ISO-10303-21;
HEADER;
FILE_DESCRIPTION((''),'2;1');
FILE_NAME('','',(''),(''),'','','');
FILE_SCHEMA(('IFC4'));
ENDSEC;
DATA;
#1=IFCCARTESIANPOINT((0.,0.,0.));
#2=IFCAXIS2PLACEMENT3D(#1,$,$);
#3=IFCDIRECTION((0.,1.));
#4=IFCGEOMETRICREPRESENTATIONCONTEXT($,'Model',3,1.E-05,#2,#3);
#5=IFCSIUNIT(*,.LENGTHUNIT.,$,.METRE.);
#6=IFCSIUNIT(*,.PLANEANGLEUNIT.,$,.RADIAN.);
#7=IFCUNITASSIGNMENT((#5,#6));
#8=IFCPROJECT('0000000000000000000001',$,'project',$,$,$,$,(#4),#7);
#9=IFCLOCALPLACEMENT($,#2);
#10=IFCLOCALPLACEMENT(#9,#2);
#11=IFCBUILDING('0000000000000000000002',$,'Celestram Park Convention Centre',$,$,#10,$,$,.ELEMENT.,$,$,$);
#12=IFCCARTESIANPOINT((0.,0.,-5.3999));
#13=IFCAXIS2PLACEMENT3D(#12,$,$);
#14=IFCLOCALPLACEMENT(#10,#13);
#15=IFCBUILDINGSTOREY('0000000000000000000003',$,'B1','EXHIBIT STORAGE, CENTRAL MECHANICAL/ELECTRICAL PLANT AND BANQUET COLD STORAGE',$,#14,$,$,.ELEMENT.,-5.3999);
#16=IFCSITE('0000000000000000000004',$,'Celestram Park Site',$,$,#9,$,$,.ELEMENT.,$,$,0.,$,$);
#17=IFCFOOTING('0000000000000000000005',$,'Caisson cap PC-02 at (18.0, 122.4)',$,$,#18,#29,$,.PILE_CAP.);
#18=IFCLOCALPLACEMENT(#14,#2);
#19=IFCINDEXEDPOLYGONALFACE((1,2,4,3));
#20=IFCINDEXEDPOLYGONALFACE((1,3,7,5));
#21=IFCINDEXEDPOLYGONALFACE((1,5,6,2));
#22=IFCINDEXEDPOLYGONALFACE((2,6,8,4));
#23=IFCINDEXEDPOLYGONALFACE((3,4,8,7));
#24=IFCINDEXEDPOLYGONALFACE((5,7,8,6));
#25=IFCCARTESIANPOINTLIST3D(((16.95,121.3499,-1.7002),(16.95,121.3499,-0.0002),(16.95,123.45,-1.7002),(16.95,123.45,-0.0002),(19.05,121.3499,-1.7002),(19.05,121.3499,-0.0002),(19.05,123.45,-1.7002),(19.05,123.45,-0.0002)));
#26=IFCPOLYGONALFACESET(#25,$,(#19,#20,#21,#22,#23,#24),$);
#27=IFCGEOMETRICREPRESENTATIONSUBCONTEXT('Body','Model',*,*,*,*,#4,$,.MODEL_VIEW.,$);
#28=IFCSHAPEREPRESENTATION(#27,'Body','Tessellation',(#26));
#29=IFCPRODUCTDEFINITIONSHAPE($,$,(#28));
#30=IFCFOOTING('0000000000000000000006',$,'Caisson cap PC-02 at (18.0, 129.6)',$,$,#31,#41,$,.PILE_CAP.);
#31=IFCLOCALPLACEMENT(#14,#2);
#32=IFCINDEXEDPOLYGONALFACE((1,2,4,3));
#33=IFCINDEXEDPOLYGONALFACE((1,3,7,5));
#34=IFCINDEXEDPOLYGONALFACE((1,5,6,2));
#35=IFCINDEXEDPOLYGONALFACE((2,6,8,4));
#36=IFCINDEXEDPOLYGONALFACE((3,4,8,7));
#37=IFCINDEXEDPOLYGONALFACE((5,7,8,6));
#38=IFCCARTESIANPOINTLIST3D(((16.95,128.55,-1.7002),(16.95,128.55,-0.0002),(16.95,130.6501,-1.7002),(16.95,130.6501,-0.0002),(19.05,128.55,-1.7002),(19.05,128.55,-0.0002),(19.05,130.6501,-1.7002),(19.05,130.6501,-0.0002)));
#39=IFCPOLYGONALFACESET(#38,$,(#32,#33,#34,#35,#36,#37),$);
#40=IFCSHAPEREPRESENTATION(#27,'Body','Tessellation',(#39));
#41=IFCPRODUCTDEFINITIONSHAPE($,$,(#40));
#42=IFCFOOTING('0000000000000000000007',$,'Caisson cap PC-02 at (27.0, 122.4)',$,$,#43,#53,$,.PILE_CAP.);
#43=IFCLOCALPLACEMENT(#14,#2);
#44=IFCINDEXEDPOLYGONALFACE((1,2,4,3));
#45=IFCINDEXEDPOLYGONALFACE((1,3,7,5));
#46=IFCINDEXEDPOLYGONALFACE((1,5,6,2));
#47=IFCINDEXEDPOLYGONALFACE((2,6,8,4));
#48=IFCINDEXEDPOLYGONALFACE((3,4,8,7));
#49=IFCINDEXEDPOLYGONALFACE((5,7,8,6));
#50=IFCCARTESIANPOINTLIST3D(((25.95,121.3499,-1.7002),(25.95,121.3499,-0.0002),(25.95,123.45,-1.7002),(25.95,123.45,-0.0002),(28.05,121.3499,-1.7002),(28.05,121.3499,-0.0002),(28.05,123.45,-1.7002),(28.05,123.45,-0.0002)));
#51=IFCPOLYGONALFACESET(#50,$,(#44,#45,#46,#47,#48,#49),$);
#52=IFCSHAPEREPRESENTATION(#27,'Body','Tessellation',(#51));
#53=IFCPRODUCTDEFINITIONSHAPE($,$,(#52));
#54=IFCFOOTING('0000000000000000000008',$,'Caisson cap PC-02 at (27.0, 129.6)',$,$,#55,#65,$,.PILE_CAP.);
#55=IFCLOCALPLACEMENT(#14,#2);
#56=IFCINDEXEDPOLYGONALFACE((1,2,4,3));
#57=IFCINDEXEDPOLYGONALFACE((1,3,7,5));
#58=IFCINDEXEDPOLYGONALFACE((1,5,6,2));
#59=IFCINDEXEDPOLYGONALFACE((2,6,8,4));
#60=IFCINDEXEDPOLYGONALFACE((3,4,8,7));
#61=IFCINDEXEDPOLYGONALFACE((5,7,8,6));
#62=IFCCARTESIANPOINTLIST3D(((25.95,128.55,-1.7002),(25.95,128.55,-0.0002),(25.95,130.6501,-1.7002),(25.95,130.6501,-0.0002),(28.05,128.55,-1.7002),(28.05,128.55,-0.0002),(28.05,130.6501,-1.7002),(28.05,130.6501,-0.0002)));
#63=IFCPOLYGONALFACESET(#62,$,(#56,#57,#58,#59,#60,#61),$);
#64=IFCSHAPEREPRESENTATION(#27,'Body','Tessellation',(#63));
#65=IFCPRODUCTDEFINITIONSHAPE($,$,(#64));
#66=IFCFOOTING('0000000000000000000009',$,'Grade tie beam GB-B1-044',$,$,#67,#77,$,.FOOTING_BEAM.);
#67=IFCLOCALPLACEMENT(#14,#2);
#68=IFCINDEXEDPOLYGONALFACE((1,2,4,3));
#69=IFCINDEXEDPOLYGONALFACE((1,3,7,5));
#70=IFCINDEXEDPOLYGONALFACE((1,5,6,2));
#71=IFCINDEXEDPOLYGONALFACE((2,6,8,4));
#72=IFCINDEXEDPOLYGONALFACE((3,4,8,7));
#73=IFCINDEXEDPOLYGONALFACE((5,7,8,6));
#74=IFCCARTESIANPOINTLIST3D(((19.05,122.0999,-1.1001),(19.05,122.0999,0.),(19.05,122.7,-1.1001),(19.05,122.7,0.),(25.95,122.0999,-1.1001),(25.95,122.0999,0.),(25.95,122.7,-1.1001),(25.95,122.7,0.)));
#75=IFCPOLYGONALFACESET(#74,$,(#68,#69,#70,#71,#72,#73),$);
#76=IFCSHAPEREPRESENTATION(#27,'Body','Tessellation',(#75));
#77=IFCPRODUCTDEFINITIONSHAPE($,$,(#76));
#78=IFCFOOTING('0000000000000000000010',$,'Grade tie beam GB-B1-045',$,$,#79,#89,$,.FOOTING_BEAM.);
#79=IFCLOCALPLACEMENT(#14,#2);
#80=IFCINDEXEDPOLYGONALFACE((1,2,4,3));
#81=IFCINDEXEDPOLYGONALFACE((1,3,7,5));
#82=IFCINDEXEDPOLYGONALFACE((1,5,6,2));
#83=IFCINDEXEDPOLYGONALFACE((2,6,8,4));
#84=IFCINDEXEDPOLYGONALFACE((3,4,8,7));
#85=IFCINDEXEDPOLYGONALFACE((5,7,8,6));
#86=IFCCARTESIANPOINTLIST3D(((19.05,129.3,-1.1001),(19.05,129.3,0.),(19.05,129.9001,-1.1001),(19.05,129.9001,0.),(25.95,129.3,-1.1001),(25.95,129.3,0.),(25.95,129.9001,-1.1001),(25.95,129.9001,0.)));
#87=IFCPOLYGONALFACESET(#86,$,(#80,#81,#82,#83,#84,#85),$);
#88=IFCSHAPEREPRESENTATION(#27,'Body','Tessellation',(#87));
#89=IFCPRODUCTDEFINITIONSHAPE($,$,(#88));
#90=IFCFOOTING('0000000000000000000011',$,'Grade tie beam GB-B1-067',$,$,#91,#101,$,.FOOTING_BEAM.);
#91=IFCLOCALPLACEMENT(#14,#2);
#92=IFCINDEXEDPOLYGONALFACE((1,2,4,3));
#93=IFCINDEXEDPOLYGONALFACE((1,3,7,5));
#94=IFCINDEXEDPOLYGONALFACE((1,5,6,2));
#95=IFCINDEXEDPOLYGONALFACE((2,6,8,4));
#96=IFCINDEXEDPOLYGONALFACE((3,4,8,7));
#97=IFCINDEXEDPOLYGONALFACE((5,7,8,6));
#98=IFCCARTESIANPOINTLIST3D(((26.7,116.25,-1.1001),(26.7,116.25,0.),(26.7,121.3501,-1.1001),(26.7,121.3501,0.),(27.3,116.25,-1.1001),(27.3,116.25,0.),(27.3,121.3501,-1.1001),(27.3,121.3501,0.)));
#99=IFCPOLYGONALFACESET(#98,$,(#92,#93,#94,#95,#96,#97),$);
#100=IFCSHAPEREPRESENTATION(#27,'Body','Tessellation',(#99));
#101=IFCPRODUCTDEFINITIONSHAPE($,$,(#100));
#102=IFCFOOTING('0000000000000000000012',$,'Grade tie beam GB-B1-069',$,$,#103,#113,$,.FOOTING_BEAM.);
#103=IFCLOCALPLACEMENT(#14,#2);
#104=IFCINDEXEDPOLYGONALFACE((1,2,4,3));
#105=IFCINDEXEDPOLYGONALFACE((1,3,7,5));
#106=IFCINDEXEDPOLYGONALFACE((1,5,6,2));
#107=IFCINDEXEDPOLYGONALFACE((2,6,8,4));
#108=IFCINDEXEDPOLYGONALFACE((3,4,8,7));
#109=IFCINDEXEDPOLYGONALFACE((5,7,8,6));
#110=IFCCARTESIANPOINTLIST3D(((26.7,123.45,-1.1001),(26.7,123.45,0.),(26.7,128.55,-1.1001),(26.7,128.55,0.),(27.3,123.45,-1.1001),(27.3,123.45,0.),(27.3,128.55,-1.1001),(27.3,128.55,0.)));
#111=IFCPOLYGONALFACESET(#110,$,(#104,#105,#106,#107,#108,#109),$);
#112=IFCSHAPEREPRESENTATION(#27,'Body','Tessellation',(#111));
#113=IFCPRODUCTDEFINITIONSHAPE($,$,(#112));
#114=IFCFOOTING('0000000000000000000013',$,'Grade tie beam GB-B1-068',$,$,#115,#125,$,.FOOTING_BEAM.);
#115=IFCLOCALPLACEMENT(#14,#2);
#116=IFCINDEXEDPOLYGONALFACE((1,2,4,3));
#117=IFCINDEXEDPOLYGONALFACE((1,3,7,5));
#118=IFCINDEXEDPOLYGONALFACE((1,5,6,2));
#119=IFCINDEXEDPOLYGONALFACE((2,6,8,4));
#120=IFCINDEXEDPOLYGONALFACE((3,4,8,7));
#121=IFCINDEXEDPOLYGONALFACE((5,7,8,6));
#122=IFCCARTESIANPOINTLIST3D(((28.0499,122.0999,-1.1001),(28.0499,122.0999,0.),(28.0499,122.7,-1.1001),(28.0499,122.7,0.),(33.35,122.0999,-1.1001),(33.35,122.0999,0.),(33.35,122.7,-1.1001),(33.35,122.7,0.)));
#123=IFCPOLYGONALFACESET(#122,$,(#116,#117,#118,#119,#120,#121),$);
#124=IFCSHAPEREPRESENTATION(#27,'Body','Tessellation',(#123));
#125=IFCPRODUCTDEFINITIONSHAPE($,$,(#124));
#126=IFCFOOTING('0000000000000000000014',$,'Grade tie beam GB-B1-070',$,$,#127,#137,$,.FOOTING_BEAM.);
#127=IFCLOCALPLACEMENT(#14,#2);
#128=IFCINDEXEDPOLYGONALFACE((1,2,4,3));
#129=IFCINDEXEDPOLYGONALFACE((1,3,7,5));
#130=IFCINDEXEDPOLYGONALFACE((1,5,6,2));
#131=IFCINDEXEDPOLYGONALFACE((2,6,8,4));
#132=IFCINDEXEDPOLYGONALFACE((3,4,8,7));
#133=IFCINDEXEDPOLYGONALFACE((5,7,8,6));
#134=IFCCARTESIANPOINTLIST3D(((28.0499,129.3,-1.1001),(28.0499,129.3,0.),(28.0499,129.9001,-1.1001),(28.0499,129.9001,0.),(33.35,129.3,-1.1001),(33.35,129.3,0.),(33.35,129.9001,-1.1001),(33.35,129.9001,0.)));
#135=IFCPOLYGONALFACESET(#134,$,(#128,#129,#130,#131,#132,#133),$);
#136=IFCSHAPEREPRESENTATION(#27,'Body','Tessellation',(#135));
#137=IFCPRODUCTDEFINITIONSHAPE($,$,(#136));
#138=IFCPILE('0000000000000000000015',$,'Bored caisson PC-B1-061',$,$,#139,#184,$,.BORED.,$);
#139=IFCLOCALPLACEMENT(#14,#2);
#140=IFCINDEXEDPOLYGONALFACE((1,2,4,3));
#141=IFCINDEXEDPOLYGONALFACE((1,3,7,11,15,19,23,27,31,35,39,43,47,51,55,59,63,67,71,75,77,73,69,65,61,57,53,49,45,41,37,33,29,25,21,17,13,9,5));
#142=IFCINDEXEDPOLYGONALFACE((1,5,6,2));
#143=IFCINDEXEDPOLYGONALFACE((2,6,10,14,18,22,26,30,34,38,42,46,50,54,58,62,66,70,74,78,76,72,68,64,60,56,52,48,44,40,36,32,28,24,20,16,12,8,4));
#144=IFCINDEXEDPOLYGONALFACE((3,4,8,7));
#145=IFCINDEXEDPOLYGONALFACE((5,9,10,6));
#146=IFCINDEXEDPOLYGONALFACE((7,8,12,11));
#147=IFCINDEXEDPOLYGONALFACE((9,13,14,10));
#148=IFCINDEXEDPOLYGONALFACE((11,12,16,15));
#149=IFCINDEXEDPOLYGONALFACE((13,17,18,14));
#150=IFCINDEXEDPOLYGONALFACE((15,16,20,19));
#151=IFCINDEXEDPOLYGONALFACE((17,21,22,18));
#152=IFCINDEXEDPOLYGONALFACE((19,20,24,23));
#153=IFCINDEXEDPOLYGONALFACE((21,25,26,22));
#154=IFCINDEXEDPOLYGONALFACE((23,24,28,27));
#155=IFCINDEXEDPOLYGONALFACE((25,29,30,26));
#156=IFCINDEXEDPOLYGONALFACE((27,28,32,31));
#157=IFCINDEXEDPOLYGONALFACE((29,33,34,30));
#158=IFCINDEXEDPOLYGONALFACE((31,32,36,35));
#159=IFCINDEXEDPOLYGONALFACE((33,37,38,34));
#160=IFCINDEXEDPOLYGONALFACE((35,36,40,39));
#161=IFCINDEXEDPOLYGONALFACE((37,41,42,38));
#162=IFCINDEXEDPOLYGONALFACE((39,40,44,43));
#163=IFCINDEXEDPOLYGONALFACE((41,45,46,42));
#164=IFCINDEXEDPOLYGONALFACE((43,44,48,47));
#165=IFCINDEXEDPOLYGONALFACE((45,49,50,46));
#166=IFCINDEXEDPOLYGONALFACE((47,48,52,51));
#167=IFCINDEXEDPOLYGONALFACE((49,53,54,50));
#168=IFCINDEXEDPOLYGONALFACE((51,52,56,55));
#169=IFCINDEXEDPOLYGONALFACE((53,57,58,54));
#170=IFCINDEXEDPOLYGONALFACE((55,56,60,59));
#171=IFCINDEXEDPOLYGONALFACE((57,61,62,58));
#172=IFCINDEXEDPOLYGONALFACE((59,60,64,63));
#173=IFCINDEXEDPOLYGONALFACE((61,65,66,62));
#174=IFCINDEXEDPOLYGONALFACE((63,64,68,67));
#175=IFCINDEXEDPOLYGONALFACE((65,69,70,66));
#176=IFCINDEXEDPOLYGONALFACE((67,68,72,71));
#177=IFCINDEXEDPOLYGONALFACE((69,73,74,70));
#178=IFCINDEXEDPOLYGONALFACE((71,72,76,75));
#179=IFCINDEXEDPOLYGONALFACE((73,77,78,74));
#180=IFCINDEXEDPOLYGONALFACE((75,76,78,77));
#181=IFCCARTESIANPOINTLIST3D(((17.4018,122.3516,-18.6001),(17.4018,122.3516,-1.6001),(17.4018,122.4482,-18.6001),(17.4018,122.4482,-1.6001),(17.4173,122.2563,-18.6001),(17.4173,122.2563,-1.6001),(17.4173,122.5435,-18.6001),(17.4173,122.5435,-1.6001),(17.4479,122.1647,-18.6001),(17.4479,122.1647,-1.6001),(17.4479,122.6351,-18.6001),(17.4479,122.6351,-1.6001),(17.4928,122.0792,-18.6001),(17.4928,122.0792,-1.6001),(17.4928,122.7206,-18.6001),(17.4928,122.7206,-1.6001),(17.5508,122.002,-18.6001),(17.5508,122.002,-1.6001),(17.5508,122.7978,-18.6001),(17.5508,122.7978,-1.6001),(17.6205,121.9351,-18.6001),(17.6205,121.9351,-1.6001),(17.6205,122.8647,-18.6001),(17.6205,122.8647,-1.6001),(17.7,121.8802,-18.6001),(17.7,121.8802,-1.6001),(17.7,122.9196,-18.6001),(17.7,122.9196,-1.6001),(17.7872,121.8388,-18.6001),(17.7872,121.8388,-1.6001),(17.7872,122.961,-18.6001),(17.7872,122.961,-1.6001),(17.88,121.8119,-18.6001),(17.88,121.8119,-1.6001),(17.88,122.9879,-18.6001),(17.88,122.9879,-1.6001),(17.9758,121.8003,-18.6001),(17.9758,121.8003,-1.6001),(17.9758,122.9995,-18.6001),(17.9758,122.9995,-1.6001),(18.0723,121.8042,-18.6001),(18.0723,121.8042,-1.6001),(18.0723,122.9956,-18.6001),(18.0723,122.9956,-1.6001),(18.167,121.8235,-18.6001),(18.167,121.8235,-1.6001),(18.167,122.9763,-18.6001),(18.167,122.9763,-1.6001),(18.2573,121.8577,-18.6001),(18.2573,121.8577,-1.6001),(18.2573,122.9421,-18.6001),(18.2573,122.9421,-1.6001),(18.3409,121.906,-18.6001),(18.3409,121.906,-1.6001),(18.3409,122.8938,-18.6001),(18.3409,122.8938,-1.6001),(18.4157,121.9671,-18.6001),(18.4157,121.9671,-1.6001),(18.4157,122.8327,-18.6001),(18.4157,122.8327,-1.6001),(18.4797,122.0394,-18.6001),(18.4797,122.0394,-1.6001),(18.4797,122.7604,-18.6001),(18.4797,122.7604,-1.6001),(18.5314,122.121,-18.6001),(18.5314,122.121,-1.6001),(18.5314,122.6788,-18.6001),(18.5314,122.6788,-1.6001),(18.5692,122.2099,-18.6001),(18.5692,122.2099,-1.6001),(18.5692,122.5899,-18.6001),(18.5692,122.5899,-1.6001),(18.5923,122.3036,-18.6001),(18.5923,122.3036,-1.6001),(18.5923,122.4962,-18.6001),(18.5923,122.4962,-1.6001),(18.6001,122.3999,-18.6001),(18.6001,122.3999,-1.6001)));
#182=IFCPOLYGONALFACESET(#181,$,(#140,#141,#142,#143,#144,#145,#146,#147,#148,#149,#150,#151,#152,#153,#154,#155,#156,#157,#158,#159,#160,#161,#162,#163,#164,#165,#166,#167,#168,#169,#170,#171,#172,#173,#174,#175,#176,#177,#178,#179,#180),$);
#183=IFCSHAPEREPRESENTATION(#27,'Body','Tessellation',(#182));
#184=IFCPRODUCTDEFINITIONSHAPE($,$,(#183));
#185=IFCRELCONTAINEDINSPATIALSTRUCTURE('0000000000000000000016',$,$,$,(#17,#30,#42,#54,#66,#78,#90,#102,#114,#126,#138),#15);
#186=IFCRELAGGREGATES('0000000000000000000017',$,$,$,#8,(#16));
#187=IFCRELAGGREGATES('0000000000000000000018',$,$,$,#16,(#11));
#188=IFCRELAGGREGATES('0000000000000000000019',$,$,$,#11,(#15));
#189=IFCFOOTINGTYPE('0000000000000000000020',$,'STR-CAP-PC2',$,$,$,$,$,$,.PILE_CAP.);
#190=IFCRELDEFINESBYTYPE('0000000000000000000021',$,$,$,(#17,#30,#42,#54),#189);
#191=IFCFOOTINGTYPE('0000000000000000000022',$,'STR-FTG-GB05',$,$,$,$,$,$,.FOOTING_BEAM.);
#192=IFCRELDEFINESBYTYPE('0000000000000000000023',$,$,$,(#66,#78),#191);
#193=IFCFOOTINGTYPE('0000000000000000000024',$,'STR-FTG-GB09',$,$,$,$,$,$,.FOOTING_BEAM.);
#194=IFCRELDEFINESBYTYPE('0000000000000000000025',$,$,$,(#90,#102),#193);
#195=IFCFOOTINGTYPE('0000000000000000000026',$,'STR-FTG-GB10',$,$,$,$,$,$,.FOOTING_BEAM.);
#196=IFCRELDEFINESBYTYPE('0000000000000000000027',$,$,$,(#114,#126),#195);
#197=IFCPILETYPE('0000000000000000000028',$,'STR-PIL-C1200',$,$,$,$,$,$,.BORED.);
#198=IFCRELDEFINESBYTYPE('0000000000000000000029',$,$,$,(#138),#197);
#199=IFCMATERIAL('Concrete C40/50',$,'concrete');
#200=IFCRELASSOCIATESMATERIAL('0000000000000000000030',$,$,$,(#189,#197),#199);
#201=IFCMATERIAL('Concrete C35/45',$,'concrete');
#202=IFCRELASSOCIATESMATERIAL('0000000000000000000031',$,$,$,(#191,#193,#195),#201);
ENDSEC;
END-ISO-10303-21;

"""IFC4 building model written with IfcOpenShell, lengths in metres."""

from ifc_helpers import new_model, si_unit, direction, frame, origin, origin_2d, place, context, subcontext, project, spatial, rectangle, circle, extrude, material, material_profile, profile_set, type_object, element, save


model = new_model("IFC4")

# Units and contexts
model_context = context("Model", 3, precision=1e-05, world=origin(), true_north=direction((0.0, 1.0)))
body_context = subcontext(model_context, "Body", "Model", "MODEL_VIEW")
ifc_project = project(units=[si_unit("LENGTHUNIT", "METRE"), si_unit("PLANEANGLEUNIT", "RADIAN")], contexts=[model_context])

# Site, building, storey
site_placement = place(None, origin())
site = spatial("IfcSite", under=ifc_project, at=site_placement, Name="Celestram Park Site", CompositionType="ELEMENT", RefElevation=0.0)
building_placement = place(site_placement, origin())
building = spatial("IfcBuilding", under=site, at=building_placement, Name="Celestram Park Convention Centre", CompositionType="ELEMENT")
storey_placement = place(building_placement, frame((0.0, 0.0, -5.3999)))
storey = spatial("IfcBuildingStorey", under=building, at=storey_placement, Name="B1", Description="EXHIBIT STORAGE, CENTRAL MECHANICAL/ELECTRICAL PLANT AND BANQUET COLD STORAGE", CompositionType="ELEMENT", Elevation=-5.3999)

# Footings
ifc_material_1 = material(Name="Concrete C40/50", Category="concrete")
footing_type_1 = type_object("IfcFootingType", Name="STR-CAP-PC2", PredefinedType="PILE_CAP", material=ifc_material_1)
for number, where, z_axis, x_axis, name in (
    (1, (18.0, 122.3999, -1.7002), (0.0, 0.0, 1.0), (1.0, 0.0, 0.0), "Caisson cap PC-02 at (18.0, 122.4)"),
    (2, (18.0, 129.6001, -1.7002), (0.0, 0.0, 1.0), (1.0, 0.0, 0.0), "Caisson cap PC-02 at (18.0, 129.6)"),
    (3, (27.0, 122.3999, -1.7002), (0.0, 0.0, 1.0), (1.0, 0.0, 0.0), "Caisson cap PC-02 at (27.0, 122.4)"),
    (4, (27.0, 129.6001, -1.7002), (0.0, 0.0, 1.0), (1.0, 0.0, 0.0), "Caisson cap PC-02 at (27.0, 129.6)"),
):
    element("IfcFooting", number, at=place(storey_placement, frame(where, z_axis=z_axis, x_axis=x_axis)), inside=storey, type_object=footing_type_1, Name=name, PredefinedType="PILE_CAP", context=body_context, shape_type="SweptSolid", body=[
        extrude(rectangle(XDim=2.1001, YDim=2.1001, at=origin_2d()), origin(), (0.0, 0.0, 1.0), 1.7),
    ])
ifc_material_2 = material(Name="Concrete C35/45", Category="concrete")
footing_type_2 = type_object("IfcFootingType", Name="STR-FTG-GB05", PredefinedType="FOOTING_BEAM", material=ifc_material_2)
for number, where, z_axis, x_axis, name in (
    (5, (22.5, 122.3999, -1.1001), (0.0, 0.0, 1.0), (1.0, 0.0, 0.0), "Grade tie beam GB-B1-044"),
    (6, (22.5, 129.6001, -1.1001), (0.0, 0.0, 1.0), (1.0, 0.0, 0.0), "Grade tie beam GB-B1-045"),
):
    element("IfcFooting", number, at=place(storey_placement, frame(where, z_axis=z_axis, x_axis=x_axis)), inside=storey, type_object=footing_type_2, Name=name, PredefinedType="FOOTING_BEAM", context=body_context, shape_type="SweptSolid", body=[
        extrude(rectangle(XDim=6.8999, YDim=0.6001, at=origin_2d()), origin(), (0.0, 0.0, 1.0), 1.1001),
    ])
footing_type_3 = type_object("IfcFootingType", Name="STR-FTG-GB09", PredefinedType="FOOTING_BEAM", material=ifc_material_2)
for number, where, z_axis, x_axis, name in (
    (7, (27.0, 118.8, -1.1001), (0.0, 0.0, 1.0), (0.0, 1.0, 0.0), "Grade tie beam GB-B1-067"),
    (8, (27.0, 126.0, -1.1001), (0.0, 0.0, 1.0), (0.0, 1.0, 0.0), "Grade tie beam GB-B1-069"),
):
    element("IfcFooting", number, at=place(storey_placement, frame(where, z_axis=z_axis, x_axis=x_axis)), inside=storey, type_object=footing_type_3, Name=name, PredefinedType="FOOTING_BEAM", context=body_context, shape_type="SweptSolid", body=[
        extrude(rectangle(XDim=5.1001, YDim=0.6001, at=origin_2d()), origin(), (0.0, 0.0, 1.0), 1.1001),
    ])
footing_type_4 = type_object("IfcFootingType", Name="STR-FTG-GB10", PredefinedType="FOOTING_BEAM", material=ifc_material_2)
for number, where, z_axis, x_axis, name in (
    (9, (30.7, 122.3999, -1.1001), (0.0, 0.0, 1.0), (1.0, 0.0, 0.0), "Grade tie beam GB-B1-068"),
    (10, (30.7, 129.6001, -1.1001), (0.0, 0.0, 1.0), (1.0, 0.0, 0.0), "Grade tie beam GB-B1-070"),
):
    element("IfcFooting", number, at=place(storey_placement, frame(where, z_axis=z_axis, x_axis=x_axis)), inside=storey, type_object=footing_type_4, Name=name, PredefinedType="FOOTING_BEAM", context=body_context, shape_type="SweptSolid", body=[
        extrude(rectangle(XDim=5.3, YDim=0.6001, at=origin_2d()), origin(), (0.0, 0.0, 1.0), 1.1001),
    ])

# Pile
ifc_material_profile_1 = material_profile(ifc_material_1, circle(Radius=0.6001, at=origin_2d()), Name="CAISSON1200")
ifc_profile_set_1 = profile_set([ifc_material_profile_1], Name="Concrete C40/50")
pile_type_1 = type_object("IfcPileType", Name="STR-PIL-C1200", PredefinedType="BORED", material=ifc_profile_set_1)
for number, where, z_axis, x_axis, name in (
    (11, (18.0, 122.3999, -1.6001), (0.0, 0.0, -1.0), (1.0, 0.0, 0.0), "Bored caisson PC-B1-061"),
):
    element("IfcPile", number, at=place(storey_placement, frame(where, z_axis=z_axis, x_axis=x_axis)), inside=storey, type_object=pile_type_1, Name=name, PredefinedType="BORED", context=body_context, shape_type="SweptSolid", body=[
        extrude(circle(Radius=0.6001, at=origin_2d()), origin(), (0.0, 0.0, 1.0), 17.0),
    ])

save(model, "model.ifc")
